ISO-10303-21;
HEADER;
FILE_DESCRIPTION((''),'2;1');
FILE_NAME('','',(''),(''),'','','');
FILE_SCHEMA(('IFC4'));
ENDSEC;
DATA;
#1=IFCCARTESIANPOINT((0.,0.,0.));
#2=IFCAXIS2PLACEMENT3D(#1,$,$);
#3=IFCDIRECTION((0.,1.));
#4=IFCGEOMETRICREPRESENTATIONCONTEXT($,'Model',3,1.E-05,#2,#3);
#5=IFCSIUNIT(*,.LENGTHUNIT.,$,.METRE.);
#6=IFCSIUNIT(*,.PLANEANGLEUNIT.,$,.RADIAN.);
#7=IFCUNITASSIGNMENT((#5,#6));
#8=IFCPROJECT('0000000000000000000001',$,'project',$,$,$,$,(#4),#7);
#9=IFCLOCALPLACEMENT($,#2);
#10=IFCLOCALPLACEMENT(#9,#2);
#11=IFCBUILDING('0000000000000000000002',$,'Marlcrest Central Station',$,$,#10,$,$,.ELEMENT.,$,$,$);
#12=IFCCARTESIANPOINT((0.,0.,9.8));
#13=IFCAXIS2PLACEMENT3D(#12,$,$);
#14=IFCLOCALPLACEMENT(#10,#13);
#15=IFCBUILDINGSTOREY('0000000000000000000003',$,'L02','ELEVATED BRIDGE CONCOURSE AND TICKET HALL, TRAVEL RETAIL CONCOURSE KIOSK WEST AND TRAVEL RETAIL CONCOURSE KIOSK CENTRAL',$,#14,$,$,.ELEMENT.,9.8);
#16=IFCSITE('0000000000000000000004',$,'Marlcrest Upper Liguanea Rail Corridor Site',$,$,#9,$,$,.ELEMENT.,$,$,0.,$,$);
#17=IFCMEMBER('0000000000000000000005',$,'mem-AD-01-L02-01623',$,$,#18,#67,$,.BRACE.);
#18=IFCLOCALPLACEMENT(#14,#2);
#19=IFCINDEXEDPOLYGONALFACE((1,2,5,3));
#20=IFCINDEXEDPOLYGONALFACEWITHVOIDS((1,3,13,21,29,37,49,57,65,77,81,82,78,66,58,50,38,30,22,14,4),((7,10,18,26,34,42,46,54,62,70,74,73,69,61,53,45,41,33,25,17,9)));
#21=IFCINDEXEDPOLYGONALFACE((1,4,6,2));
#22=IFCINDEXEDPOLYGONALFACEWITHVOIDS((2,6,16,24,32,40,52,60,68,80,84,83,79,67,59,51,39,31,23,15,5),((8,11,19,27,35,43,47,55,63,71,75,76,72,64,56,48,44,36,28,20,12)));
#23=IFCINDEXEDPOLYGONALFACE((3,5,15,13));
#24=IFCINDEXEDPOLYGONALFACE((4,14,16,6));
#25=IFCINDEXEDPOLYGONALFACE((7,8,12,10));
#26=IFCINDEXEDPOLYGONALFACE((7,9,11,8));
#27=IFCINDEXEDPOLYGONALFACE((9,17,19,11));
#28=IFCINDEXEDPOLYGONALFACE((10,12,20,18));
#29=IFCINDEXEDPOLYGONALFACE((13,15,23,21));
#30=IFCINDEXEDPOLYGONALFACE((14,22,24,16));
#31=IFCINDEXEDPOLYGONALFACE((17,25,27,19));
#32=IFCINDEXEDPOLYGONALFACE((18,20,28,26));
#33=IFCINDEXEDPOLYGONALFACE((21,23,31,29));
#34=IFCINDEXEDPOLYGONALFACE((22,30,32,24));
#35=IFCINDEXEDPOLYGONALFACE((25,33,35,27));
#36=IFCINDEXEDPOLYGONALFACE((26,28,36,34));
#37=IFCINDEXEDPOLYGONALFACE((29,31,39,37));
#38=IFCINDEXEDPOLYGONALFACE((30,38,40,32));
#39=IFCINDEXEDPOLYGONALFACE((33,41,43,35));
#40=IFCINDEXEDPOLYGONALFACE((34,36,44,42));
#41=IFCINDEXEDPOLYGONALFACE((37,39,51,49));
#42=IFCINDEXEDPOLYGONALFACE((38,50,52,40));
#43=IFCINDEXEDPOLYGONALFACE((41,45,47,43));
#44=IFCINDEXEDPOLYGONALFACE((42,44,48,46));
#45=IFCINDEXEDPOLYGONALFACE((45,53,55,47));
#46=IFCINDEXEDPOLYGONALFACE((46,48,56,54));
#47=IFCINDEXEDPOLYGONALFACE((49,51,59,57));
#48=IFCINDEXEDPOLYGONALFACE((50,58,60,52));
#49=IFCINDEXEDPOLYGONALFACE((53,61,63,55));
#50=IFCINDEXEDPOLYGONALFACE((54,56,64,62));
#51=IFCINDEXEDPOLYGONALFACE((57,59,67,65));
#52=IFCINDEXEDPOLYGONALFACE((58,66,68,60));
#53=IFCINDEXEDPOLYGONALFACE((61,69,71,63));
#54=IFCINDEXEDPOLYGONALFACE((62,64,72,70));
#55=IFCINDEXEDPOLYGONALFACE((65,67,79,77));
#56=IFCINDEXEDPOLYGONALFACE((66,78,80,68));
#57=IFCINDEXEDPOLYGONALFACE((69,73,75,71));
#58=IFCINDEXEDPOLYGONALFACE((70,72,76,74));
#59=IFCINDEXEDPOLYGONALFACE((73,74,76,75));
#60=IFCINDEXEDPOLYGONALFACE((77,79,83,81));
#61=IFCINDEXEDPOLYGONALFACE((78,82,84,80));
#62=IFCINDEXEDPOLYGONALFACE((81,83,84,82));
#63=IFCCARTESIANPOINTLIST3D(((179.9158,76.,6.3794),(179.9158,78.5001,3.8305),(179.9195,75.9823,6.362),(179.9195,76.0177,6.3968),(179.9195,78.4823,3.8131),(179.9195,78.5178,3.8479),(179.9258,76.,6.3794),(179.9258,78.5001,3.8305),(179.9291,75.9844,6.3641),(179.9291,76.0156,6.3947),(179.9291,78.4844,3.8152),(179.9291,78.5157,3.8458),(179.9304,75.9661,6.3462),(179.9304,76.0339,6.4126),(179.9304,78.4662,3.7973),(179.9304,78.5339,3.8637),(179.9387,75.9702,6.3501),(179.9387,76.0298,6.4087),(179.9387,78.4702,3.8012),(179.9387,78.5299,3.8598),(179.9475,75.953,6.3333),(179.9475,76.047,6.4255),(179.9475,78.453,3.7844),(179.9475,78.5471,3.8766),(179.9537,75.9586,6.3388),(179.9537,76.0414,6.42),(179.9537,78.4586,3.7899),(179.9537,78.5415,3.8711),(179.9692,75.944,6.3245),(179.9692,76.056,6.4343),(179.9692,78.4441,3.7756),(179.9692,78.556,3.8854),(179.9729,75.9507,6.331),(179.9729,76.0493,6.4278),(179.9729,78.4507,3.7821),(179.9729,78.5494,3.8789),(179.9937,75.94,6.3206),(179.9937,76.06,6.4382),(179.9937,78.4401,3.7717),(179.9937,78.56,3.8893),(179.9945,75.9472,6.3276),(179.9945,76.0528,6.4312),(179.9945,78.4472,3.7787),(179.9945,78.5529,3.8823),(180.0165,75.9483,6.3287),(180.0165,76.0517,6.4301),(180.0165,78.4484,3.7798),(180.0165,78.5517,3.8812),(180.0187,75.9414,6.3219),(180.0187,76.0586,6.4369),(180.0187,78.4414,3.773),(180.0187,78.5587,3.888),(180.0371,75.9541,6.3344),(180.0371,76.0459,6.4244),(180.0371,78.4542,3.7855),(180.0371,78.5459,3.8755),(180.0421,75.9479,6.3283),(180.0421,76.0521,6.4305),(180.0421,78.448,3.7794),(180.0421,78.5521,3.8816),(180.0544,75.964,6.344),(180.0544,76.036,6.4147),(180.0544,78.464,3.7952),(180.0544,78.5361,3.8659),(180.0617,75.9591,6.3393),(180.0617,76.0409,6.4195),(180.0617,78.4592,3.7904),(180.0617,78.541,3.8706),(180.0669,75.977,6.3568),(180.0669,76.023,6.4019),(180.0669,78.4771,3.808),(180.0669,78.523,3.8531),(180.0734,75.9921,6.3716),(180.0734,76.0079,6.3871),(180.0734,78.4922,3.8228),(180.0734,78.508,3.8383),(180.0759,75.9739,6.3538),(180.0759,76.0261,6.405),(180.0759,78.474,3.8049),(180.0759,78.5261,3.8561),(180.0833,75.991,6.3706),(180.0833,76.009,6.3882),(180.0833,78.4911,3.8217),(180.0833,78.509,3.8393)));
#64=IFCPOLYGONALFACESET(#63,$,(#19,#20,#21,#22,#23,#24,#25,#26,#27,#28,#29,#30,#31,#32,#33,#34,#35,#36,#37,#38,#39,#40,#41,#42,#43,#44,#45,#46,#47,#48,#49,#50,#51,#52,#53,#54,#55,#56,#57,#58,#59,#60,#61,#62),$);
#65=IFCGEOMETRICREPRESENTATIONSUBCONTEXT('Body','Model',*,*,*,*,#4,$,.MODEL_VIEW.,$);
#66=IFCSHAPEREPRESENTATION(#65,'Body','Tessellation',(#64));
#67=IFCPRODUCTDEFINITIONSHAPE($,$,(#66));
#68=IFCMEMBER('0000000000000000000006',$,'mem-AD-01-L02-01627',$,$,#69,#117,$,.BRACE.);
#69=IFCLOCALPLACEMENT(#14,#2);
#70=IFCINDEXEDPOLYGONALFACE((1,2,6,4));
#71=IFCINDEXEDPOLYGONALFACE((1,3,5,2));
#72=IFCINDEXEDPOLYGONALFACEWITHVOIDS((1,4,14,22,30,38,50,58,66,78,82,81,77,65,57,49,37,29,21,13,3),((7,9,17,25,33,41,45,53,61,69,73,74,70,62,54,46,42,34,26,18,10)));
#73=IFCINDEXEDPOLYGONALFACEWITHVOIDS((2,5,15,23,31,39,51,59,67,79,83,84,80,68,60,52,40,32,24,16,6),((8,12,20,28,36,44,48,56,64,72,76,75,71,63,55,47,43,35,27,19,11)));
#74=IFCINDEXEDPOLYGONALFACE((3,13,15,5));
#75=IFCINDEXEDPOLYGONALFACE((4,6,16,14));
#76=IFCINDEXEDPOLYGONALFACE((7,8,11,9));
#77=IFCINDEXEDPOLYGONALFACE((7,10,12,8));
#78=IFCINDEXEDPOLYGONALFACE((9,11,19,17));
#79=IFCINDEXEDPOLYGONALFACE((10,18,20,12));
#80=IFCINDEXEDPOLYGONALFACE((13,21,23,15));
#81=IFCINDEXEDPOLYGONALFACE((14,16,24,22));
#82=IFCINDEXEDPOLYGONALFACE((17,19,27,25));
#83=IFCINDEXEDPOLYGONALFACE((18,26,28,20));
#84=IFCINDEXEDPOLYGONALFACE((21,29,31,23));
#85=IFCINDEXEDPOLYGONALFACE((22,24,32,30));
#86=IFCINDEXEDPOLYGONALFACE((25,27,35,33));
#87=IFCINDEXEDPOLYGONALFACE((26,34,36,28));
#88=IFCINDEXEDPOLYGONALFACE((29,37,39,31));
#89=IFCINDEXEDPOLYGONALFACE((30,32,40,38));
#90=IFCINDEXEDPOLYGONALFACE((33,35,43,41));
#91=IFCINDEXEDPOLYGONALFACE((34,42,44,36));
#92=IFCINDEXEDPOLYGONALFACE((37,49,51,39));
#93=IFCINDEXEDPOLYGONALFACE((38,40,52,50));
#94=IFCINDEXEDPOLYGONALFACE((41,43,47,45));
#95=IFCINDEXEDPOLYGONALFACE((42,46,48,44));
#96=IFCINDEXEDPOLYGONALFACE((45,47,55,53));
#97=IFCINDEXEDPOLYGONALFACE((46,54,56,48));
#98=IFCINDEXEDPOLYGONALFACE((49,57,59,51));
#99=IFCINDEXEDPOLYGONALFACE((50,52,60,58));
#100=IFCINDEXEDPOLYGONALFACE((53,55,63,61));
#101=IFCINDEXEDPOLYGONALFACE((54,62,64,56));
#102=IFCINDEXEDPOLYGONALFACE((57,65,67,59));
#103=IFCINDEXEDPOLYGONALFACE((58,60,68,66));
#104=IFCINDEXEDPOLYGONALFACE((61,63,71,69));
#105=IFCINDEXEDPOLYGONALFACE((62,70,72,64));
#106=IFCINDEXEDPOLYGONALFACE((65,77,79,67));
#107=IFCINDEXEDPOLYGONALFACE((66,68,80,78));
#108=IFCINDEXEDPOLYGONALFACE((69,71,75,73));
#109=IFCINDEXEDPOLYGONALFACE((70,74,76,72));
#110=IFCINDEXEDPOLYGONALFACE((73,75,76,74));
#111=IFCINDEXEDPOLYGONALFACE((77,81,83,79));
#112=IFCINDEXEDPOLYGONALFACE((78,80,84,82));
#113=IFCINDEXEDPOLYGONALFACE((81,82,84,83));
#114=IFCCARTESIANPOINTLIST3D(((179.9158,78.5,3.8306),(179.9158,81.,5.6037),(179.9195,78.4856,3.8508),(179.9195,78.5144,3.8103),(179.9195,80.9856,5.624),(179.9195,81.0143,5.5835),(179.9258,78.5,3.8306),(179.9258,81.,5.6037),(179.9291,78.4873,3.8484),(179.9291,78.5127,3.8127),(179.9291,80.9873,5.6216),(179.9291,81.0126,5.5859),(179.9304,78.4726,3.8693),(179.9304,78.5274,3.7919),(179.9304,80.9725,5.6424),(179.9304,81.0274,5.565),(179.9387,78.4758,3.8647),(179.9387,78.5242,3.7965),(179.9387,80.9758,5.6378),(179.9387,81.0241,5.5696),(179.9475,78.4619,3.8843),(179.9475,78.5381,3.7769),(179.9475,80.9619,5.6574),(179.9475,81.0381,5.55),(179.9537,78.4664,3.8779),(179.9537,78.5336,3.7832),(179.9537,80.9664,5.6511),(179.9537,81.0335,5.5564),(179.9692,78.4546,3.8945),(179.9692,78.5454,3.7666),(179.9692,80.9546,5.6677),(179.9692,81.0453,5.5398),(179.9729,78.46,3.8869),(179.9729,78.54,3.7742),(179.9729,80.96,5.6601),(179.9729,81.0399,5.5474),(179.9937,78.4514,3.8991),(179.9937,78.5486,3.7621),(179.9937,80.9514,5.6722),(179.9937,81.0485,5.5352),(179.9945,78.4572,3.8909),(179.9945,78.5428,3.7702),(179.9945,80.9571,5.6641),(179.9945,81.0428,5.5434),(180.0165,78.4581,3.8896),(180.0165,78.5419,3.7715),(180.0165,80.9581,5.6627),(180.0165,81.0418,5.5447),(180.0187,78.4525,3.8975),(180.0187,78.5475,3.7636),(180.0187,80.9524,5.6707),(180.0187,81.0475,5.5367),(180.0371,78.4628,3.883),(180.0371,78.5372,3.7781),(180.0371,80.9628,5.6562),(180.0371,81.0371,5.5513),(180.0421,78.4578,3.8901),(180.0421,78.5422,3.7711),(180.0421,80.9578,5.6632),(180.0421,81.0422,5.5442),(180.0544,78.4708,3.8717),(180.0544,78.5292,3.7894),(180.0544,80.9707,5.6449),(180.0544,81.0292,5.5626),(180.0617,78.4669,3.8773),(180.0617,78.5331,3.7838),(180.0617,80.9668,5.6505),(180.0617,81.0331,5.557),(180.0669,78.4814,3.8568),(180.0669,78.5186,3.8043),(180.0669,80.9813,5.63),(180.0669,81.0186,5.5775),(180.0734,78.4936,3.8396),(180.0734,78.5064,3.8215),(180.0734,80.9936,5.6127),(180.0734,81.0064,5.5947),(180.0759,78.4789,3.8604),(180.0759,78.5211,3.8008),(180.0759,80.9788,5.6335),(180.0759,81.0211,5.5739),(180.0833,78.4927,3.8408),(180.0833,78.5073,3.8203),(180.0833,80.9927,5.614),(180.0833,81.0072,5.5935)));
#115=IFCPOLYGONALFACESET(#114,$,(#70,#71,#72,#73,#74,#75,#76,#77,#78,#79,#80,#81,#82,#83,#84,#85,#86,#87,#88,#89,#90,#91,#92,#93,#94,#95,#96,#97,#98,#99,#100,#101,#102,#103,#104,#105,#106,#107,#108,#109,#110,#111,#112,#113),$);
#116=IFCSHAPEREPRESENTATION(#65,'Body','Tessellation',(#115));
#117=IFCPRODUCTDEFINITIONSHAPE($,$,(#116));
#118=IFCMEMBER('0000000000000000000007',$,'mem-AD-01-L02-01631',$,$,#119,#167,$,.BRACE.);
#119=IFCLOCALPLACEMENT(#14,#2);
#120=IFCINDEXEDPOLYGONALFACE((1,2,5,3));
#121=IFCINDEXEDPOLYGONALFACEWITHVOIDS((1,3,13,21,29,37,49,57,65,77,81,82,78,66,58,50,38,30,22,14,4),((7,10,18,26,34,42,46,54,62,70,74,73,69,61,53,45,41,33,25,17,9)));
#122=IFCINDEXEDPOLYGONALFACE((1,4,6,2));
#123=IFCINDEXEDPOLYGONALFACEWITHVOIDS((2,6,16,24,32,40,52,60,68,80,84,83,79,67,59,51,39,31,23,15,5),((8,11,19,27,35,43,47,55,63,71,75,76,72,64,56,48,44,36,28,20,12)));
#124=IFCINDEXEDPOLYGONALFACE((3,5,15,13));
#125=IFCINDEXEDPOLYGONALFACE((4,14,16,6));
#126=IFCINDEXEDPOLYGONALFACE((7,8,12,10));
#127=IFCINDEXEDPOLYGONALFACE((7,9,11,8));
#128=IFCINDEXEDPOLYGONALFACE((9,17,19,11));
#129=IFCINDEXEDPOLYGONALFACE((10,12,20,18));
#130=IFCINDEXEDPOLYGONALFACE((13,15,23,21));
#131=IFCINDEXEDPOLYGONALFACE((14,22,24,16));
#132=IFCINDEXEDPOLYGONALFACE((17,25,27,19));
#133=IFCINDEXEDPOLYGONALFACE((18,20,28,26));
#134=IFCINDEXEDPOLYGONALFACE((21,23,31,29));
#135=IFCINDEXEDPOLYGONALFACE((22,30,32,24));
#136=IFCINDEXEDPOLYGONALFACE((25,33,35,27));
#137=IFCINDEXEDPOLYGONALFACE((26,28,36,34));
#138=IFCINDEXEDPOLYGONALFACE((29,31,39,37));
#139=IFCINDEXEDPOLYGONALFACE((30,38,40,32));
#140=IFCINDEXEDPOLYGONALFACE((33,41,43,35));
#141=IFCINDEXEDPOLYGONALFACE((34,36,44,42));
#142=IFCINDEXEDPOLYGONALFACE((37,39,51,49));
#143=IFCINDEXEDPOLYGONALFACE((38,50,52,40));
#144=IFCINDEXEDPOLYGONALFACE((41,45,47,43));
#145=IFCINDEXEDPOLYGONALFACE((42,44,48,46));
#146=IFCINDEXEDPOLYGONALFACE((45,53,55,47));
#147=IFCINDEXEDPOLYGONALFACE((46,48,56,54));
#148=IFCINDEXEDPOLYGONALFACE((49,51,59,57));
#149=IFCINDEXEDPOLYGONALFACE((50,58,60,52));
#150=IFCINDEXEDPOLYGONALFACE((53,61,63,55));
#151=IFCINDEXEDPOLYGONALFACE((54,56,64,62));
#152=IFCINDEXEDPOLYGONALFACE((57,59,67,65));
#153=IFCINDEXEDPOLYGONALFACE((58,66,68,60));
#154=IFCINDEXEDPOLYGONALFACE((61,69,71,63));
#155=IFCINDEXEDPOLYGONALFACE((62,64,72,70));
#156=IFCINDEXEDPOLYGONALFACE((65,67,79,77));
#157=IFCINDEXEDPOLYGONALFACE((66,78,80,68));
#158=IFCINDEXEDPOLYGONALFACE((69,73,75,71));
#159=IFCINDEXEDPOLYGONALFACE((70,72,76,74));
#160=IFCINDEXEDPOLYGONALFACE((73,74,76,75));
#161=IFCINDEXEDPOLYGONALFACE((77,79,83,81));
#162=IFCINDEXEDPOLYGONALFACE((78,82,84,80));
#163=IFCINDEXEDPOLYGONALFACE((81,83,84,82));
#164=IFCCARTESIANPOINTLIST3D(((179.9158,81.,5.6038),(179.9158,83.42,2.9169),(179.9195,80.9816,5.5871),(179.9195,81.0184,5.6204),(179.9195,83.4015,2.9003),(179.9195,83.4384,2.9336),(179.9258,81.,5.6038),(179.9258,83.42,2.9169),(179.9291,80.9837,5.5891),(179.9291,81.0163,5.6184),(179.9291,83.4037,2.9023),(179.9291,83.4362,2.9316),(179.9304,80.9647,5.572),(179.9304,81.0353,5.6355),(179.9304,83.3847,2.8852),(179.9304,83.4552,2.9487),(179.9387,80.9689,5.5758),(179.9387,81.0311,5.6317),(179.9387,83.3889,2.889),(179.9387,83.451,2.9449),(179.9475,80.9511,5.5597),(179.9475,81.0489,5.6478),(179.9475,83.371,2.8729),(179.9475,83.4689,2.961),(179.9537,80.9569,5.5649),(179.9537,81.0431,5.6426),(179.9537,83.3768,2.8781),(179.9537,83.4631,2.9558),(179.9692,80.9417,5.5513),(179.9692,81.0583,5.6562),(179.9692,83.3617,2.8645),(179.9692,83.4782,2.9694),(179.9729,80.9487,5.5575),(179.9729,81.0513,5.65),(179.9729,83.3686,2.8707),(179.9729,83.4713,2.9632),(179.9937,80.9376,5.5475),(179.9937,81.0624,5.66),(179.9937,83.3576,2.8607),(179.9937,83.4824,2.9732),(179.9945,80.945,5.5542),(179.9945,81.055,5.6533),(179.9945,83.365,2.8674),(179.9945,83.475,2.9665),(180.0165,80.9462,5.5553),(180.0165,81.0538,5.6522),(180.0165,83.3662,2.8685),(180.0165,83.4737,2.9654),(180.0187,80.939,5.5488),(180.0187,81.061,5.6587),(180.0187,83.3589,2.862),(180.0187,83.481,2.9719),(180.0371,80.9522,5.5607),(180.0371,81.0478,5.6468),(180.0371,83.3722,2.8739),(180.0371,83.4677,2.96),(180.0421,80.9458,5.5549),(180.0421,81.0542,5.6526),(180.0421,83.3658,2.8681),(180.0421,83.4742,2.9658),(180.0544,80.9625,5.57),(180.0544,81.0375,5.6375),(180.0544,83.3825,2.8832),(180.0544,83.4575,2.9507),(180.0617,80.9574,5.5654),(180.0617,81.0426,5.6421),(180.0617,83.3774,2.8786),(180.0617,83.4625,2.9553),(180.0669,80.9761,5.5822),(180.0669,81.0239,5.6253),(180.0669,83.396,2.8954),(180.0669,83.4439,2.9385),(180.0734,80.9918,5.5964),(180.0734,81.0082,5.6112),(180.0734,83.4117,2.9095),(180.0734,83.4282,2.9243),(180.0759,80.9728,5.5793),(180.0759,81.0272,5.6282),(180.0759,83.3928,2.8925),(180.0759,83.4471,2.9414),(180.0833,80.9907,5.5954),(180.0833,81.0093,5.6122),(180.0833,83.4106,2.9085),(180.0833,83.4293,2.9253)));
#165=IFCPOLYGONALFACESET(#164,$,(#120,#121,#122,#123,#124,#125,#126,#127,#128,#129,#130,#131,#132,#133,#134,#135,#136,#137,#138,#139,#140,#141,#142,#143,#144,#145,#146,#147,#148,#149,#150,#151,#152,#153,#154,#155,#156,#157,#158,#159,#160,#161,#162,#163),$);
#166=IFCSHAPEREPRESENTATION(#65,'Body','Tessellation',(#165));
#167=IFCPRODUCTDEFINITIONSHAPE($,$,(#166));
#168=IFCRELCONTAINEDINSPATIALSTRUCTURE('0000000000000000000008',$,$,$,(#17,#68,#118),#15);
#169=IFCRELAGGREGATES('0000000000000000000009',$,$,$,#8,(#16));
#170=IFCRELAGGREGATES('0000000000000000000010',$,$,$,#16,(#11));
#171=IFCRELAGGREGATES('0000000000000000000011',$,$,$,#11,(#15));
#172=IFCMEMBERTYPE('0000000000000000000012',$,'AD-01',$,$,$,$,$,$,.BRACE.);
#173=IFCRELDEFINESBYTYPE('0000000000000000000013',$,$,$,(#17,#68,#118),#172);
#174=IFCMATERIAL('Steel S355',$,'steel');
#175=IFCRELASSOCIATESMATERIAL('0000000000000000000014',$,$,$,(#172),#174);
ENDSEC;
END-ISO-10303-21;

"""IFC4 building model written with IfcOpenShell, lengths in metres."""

from ifc_helpers import new_model, si_unit, direction, frame, origin, origin_2d, place, context, subcontext, project, spatial, hollow_circle, extrude, material, material_profile, profile_set, type_object, element, save


model = new_model("IFC4")

# Units and contexts
model_context = context("Model", 3, precision=1e-05, world=origin(), true_north=direction((0.0, 1.0)))
body_context = subcontext(model_context, "Body", "Model", "MODEL_VIEW")
ifc_project = project(units=[si_unit("LENGTHUNIT", "METRE"), si_unit("PLANEANGLEUNIT", "RADIAN")], contexts=[model_context])

# Site, building, storey
site_placement = place(None, origin())
site = spatial("IfcSite", under=ifc_project, at=site_placement, Name="Marlcrest Upper Liguanea Rail Corridor Site", CompositionType="ELEMENT", RefElevation=0.0)
building_placement = place(site_placement, origin())
building = spatial("IfcBuilding", under=site, at=building_placement, Name="Marlcrest Central Station", CompositionType="ELEMENT")
storey_placement = place(building_placement, frame((0.0, 0.0, 9.8)))
storey = spatial("IfcBuildingStorey", under=building, at=storey_placement, Name="L02", Description="ELEVATED BRIDGE CONCOURSE AND TICKET HALL, TRAVEL RETAIL CONCOURSE KIOSK WEST AND TRAVEL RETAIL CONCOURSE KIOSK CENTRAL", CompositionType="ELEMENT", Elevation=9.8)

# Members
ifc_material_1 = material(Name="Steel S355", Category="steel")
ifc_material_profile_1 = material_profile(ifc_material_1, hollow_circle(Radius=0.0842, WallThickness=0.01, at=origin_2d()), Name="CHS 168.3x10")
ifc_profile_set_1 = profile_set([ifc_material_profile_1], Name="Steel S355")
member_type_1 = type_object("IfcMemberType", Name="AD-01", PredefinedType="BRACE", material=ifc_profile_set_1)
member_1_placement = place(storey_placement, frame((180.0, 76.0, 6.3794), z_axis=(0.0, 0.700235, -0.713912), x_axis=(-1.0, 0.0, 0.0)))
element("IfcMember", 1, at=member_1_placement, inside=storey, type_object=member_type_1, Name="mem-AD-01-L02-01623", PredefinedType="BRACE", context=body_context, shape_type="SweptSolid", body=[
    extrude(hollow_circle(Radius=0.0842, WallThickness=0.01, at=origin_2d()), origin(), (0.0, 0.0, 1.0), 3.5703),
])
member_2_placement = place(storey_placement, frame((180.0, 78.5, 3.8306), z_axis=(0.0, 0.815661, 0.57853), x_axis=(-1.0, 0.0, 0.0)))
element("IfcMember", 2, at=member_2_placement, inside=storey, type_object=member_type_1, Name="mem-AD-01-L02-01627", PredefinedType="BRACE", context=body_context, shape_type="SweptSolid", body=[
    extrude(hollow_circle(Radius=0.0842, WallThickness=0.01, at=origin_2d()), origin(), (0.0, 0.0, 1.0), 3.0649),
])
member_3_placement = place(storey_placement, frame((180.0, 81.0, 5.6038), z_axis=(0.0, 0.669244, -0.743042), x_axis=(-1.0, 0.0, 0.0)))
element("IfcMember", 3, at=member_3_placement, inside=storey, type_object=member_type_1, Name="mem-AD-01-L02-01631", PredefinedType="BRACE", context=body_context, shape_type="SweptSolid", body=[
    extrude(hollow_circle(Radius=0.0842, WallThickness=0.01, at=origin_2d()), origin(), (0.0, 0.0, 1.0), 3.616),
])

save(model, "model.ifc")
